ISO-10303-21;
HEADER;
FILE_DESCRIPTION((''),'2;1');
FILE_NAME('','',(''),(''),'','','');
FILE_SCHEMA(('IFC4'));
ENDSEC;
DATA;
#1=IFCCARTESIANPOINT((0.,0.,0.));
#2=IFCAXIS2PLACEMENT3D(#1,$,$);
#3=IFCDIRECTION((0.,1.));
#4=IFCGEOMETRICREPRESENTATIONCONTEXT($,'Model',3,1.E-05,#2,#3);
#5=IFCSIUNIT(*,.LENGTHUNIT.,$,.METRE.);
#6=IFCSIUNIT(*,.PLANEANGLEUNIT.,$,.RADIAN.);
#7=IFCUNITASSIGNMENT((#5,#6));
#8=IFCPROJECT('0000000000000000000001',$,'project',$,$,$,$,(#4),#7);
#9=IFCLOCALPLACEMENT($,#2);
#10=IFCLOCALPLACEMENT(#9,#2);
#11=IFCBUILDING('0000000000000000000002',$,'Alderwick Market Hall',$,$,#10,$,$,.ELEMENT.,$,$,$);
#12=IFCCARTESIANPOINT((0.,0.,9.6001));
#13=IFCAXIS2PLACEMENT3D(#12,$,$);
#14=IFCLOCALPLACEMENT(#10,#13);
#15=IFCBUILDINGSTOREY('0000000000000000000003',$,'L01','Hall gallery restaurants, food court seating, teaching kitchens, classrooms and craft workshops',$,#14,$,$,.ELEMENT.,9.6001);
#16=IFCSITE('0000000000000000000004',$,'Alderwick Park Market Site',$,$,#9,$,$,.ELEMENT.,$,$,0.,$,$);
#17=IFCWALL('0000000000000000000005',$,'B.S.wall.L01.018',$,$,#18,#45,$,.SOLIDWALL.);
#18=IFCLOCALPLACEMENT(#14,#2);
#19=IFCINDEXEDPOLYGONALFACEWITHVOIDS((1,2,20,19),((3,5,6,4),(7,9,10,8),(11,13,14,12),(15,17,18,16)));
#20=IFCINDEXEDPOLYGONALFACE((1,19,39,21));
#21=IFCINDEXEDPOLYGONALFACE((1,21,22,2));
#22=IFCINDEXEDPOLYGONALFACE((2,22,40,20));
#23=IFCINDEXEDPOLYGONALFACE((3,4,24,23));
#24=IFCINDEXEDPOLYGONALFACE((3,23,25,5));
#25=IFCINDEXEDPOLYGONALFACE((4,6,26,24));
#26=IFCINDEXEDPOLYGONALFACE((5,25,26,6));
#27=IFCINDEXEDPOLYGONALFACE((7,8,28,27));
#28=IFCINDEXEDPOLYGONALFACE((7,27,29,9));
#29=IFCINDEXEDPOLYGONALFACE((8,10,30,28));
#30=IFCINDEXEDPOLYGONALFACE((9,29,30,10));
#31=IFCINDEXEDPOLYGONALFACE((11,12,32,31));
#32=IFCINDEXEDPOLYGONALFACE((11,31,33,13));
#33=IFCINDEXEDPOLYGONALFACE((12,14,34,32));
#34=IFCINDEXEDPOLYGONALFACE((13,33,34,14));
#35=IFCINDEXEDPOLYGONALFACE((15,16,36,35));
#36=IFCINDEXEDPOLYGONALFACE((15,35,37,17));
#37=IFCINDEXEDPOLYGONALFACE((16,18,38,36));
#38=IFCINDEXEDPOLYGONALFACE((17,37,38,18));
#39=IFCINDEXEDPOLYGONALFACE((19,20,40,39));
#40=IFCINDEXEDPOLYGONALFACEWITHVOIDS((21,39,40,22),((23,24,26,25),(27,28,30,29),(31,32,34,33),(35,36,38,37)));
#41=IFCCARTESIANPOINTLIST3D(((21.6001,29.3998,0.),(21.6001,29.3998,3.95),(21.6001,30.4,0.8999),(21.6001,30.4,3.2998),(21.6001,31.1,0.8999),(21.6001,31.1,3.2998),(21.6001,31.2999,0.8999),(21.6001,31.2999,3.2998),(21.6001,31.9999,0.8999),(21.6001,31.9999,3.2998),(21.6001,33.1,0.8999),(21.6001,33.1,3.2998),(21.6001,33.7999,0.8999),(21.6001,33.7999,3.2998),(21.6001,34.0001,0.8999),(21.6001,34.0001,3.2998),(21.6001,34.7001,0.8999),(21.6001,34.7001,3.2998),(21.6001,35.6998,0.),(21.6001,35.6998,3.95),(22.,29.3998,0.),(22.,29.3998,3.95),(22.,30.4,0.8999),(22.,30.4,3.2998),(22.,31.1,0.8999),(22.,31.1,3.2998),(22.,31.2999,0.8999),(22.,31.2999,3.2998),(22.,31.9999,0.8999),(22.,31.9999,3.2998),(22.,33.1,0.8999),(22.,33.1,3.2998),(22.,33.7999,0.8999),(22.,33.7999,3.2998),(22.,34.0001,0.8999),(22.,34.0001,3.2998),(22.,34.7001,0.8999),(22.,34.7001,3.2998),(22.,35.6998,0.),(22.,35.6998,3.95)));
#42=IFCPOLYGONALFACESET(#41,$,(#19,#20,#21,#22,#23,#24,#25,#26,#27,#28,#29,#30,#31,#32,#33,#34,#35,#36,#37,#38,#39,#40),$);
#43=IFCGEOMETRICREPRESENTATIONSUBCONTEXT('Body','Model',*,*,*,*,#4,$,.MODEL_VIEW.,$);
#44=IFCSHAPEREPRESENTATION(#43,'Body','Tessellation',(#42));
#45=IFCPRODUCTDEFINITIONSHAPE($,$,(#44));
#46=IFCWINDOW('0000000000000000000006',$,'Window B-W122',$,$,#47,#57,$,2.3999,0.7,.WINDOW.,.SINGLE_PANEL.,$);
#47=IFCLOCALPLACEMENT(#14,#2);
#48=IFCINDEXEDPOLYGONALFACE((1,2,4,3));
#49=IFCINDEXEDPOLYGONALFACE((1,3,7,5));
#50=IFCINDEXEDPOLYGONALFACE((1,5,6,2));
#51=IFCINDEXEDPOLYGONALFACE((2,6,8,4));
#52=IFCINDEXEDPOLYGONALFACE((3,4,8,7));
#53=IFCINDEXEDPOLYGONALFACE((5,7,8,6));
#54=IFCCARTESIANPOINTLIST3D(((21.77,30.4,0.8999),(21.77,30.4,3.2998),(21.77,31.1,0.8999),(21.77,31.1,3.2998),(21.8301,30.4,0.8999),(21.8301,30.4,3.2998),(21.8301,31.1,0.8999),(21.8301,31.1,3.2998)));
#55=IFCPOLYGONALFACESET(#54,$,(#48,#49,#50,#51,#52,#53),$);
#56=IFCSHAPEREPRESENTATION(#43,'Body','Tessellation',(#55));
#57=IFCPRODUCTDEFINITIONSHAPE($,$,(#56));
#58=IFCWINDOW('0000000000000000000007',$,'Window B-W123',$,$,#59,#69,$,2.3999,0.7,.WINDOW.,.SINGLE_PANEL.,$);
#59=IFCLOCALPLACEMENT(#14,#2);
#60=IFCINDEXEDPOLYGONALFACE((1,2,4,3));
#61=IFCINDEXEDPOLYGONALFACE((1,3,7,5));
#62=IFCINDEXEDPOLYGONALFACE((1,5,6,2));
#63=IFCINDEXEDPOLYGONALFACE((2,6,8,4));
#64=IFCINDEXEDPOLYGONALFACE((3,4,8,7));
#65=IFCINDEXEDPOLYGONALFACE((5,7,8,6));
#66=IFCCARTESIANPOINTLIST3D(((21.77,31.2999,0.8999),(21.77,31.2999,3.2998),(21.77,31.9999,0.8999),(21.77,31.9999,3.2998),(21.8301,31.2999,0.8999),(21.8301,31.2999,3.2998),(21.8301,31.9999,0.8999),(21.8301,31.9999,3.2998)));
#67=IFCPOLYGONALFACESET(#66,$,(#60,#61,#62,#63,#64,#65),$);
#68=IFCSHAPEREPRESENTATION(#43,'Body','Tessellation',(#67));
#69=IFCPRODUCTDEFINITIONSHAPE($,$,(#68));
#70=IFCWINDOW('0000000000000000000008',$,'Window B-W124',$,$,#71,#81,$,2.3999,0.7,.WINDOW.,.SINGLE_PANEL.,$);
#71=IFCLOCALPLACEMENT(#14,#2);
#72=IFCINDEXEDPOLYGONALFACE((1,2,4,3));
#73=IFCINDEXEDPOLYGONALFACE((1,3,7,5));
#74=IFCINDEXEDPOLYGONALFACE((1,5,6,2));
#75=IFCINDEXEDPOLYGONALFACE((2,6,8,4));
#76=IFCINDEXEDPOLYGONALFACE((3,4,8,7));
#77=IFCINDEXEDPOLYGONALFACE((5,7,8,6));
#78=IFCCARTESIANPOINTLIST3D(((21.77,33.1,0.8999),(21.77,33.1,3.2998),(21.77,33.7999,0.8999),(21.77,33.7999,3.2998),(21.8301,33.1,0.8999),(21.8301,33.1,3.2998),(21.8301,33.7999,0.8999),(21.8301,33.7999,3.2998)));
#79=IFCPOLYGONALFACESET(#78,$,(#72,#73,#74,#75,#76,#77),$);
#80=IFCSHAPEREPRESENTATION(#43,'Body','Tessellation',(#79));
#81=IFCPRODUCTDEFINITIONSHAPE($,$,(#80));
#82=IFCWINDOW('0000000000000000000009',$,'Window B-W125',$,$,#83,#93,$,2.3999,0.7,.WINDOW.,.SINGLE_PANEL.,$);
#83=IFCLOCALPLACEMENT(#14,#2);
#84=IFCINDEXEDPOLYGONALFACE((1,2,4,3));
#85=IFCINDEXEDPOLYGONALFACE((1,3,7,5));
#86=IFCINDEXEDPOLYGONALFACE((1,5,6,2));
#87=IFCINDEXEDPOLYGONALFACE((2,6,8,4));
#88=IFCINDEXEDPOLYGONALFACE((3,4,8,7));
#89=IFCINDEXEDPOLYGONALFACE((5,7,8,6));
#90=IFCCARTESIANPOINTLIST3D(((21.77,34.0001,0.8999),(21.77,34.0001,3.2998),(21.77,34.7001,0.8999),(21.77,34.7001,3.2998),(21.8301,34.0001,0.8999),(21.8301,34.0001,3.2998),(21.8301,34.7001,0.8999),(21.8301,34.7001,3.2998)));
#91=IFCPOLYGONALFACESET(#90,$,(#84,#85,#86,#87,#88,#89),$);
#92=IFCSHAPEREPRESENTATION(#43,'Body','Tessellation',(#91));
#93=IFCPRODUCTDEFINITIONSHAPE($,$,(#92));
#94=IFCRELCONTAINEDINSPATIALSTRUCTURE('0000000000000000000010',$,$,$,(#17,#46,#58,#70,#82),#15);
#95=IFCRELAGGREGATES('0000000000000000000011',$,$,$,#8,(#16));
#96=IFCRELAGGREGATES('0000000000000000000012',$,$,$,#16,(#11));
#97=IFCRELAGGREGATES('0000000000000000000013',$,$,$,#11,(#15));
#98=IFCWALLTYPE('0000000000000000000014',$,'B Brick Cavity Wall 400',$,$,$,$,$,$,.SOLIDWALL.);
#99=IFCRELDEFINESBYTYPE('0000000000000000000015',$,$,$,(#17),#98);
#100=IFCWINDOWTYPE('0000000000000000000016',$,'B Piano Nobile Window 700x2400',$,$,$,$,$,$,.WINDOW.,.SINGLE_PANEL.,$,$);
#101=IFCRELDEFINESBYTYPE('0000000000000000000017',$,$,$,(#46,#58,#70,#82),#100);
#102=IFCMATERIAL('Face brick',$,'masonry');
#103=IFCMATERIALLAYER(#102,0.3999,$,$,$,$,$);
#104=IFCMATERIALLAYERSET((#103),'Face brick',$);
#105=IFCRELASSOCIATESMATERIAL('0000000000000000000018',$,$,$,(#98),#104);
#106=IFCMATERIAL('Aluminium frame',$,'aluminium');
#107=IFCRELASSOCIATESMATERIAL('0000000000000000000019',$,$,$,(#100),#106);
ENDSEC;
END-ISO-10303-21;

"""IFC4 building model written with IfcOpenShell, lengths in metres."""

from ifc_helpers import new_model, si_unit, direction, frame, frame_2d, origin, place, context, subcontext, project, spatial, rectangle, extrude, material, layer, layer_set, type_object, element, fill, save


model = new_model("IFC4")

# Units and contexts
model_context = context("Model", 3, precision=1e-05, world=origin(), true_north=direction((0.0, 1.0)))
body_context = subcontext(model_context, "Body", "Model", "MODEL_VIEW")
ifc_project = project(units=[si_unit("LENGTHUNIT", "METRE"), si_unit("PLANEANGLEUNIT", "RADIAN")], contexts=[model_context])

# Site, building, storey
site_placement = place(None, origin())
site = spatial("IfcSite", under=ifc_project, at=site_placement, Name="Alderwick Park Market Site", CompositionType="ELEMENT", RefElevation=0.0)
building_placement = place(site_placement, origin())
building = spatial("IfcBuilding", under=site, at=building_placement, Name="Alderwick Market Hall", CompositionType="ELEMENT")
storey_placement = place(building_placement, frame((0.0, 0.0, 9.6001)))
storey = spatial("IfcBuildingStorey", under=building, at=storey_placement, Name="L01", Description="Hall gallery restaurants, food court seating, teaching kitchens, classrooms and craft workshops", CompositionType="ELEMENT", Elevation=9.6001)

# Wall, openings, windows
ifc_material_1 = material(Name="Face brick", Category="masonry")
ifc_layer_1 = layer(ifc_material_1, 0.3999)
ifc_layer_set_1 = layer_set([ifc_layer_1], Name="Face brick")
wall_type_1 = type_object("IfcWallType", Name="B Brick Cavity Wall 400", PredefinedType="SOLIDWALL", material=ifc_layer_set_1)
wall_1_placement = place(storey_placement, frame((21.8, 29.3999, 0.0), z_axis=(0.0, 0.0, 1.0), x_axis=(0.0, 1.0, 0.0)))
wall_1 = element("IfcWall", 1, at=wall_1_placement, inside=storey, type_object=wall_type_1, Name="B.S.wall.L01.018", PredefinedType="SOLIDWALL", context=body_context, shape_type="SweptSolid", body=[
    extrude(rectangle(XDim=6.3, YDim=0.3999, at=frame_2d((3.1499, 0.0))), origin(), (0.0, 0.0, 1.0), 3.95),
])
opening_1_placement = place(wall_1_placement, frame((1.0, 0.0, 0.8999)))
opening_1 = element("IfcOpeningElement", 2, at=opening_1_placement, cuts=wall_1, PredefinedType="OPENING", context=body_context, shape_type="SweptSolid", body=[
    extrude(rectangle(XDim=0.7, YDim=2.3999, at=frame_2d((0.3501, 1.2))), frame((0.0, 0.21, 0.0), z_axis=(0.0, -1.0, 0.0), x_axis=(1.0, 0.0, 0.0)), (0.0, 0.0, 1.0), 0.4199),
])
opening_2_placement = place(wall_1_placement, frame((1.8999, 0.0, 0.8999)))
opening_2 = element("IfcOpeningElement", 3, at=opening_2_placement, cuts=wall_1, PredefinedType="OPENING", context=body_context, shape_type="SweptSolid", body=[
    extrude(rectangle(XDim=0.7, YDim=2.3999, at=frame_2d((0.3501, 1.2))), frame((0.0, 0.21, 0.0), z_axis=(0.0, -1.0, 0.0), x_axis=(1.0, 0.0, 0.0)), (0.0, 0.0, 1.0), 0.4199),
])
opening_3_placement = place(wall_1_placement, frame((3.7, 0.0, 0.8999)))
opening_3 = element("IfcOpeningElement", 4, at=opening_3_placement, cuts=wall_1, PredefinedType="OPENING", context=body_context, shape_type="SweptSolid", body=[
    extrude(rectangle(XDim=0.7, YDim=2.3999, at=frame_2d((0.3501, 1.2))), frame((0.0, 0.21, 0.0), z_axis=(0.0, -1.0, 0.0), x_axis=(1.0, 0.0, 0.0)), (0.0, 0.0, 1.0), 0.4199),
])
opening_4_placement = place(wall_1_placement, frame((4.6001, 0.0, 0.8999)))
opening_4 = element("IfcOpeningElement", 5, at=opening_4_placement, cuts=wall_1, PredefinedType="OPENING", context=body_context, shape_type="SweptSolid", body=[
    extrude(rectangle(XDim=0.7, YDim=2.3999, at=frame_2d((0.3501, 1.2))), frame((0.0, 0.21, 0.0), z_axis=(0.0, -1.0, 0.0), x_axis=(1.0, 0.0, 0.0)), (0.0, 0.0, 1.0), 0.4199),
])
ifc_material_2 = material(Name="Aluminium frame", Category="aluminium")
window_type = type_object("IfcWindowType", Name="B Piano Nobile Window 700x2400", PartitioningType="SINGLE_PANEL", PredefinedType="WINDOW", material=ifc_material_2)
window_1_placement = place(opening_1_placement, origin())
window_1 = element("IfcWindow", 6, at=window_1_placement, inside=storey, type_object=window_type, Name="Window B-W122", OverallHeight=2.3999, OverallWidth=0.7, PartitioningType="SINGLE_PANEL", PredefinedType="WINDOW", context=body_context, shape_type="SweptSolid", body=[
    extrude(rectangle(XDim=0.7, YDim=2.3999, at=frame_2d((0.3501, 1.2))), frame((0.0, 0.03, 0.0), z_axis=(0.0, -1.0, 0.0), x_axis=(1.0, 0.0, 0.0)), (0.0, 0.0, 1.0), 0.0601),
])
fill(opening_1, window_1)
window_2_placement = place(opening_2_placement, origin())
window_2 = element("IfcWindow", 7, at=window_2_placement, inside=storey, type_object=window_type, Name="Window B-W123", OverallHeight=2.3999, OverallWidth=0.7, PartitioningType="SINGLE_PANEL", PredefinedType="WINDOW", context=body_context, shape_type="SweptSolid", body=[
    extrude(rectangle(XDim=0.7, YDim=2.3999, at=frame_2d((0.3501, 1.2))), frame((0.0, 0.03, 0.0), z_axis=(0.0, -1.0, 0.0), x_axis=(1.0, 0.0, 0.0)), (0.0, 0.0, 1.0), 0.0601),
])
fill(opening_2, window_2)
window_3_placement = place(opening_3_placement, origin())
window_3 = element("IfcWindow", 8, at=window_3_placement, inside=storey, type_object=window_type, Name="Window B-W124", OverallHeight=2.3999, OverallWidth=0.7, PartitioningType="SINGLE_PANEL", PredefinedType="WINDOW", context=body_context, shape_type="SweptSolid", body=[
    extrude(rectangle(XDim=0.7, YDim=2.3999, at=frame_2d((0.3501, 1.2))), frame((0.0, 0.03, 0.0), z_axis=(0.0, -1.0, 0.0), x_axis=(1.0, 0.0, 0.0)), (0.0, 0.0, 1.0), 0.0601),
])
fill(opening_3, window_3)
window_4_placement = place(opening_4_placement, origin())
window_4 = element("IfcWindow", 9, at=window_4_placement, inside=storey, type_object=window_type, Name="Window B-W125", OverallHeight=2.3999, OverallWidth=0.7, PartitioningType="SINGLE_PANEL", PredefinedType="WINDOW", context=body_context, shape_type="SweptSolid", body=[
    extrude(rectangle(XDim=0.7, YDim=2.3999, at=frame_2d((0.3501, 1.2))), frame((0.0, 0.03, 0.0), z_axis=(0.0, -1.0, 0.0), x_axis=(1.0, 0.0, 0.0)), (0.0, 0.0, 1.0), 0.0601),
])
fill(opening_4, window_4)

save(model, "model.ifc")
